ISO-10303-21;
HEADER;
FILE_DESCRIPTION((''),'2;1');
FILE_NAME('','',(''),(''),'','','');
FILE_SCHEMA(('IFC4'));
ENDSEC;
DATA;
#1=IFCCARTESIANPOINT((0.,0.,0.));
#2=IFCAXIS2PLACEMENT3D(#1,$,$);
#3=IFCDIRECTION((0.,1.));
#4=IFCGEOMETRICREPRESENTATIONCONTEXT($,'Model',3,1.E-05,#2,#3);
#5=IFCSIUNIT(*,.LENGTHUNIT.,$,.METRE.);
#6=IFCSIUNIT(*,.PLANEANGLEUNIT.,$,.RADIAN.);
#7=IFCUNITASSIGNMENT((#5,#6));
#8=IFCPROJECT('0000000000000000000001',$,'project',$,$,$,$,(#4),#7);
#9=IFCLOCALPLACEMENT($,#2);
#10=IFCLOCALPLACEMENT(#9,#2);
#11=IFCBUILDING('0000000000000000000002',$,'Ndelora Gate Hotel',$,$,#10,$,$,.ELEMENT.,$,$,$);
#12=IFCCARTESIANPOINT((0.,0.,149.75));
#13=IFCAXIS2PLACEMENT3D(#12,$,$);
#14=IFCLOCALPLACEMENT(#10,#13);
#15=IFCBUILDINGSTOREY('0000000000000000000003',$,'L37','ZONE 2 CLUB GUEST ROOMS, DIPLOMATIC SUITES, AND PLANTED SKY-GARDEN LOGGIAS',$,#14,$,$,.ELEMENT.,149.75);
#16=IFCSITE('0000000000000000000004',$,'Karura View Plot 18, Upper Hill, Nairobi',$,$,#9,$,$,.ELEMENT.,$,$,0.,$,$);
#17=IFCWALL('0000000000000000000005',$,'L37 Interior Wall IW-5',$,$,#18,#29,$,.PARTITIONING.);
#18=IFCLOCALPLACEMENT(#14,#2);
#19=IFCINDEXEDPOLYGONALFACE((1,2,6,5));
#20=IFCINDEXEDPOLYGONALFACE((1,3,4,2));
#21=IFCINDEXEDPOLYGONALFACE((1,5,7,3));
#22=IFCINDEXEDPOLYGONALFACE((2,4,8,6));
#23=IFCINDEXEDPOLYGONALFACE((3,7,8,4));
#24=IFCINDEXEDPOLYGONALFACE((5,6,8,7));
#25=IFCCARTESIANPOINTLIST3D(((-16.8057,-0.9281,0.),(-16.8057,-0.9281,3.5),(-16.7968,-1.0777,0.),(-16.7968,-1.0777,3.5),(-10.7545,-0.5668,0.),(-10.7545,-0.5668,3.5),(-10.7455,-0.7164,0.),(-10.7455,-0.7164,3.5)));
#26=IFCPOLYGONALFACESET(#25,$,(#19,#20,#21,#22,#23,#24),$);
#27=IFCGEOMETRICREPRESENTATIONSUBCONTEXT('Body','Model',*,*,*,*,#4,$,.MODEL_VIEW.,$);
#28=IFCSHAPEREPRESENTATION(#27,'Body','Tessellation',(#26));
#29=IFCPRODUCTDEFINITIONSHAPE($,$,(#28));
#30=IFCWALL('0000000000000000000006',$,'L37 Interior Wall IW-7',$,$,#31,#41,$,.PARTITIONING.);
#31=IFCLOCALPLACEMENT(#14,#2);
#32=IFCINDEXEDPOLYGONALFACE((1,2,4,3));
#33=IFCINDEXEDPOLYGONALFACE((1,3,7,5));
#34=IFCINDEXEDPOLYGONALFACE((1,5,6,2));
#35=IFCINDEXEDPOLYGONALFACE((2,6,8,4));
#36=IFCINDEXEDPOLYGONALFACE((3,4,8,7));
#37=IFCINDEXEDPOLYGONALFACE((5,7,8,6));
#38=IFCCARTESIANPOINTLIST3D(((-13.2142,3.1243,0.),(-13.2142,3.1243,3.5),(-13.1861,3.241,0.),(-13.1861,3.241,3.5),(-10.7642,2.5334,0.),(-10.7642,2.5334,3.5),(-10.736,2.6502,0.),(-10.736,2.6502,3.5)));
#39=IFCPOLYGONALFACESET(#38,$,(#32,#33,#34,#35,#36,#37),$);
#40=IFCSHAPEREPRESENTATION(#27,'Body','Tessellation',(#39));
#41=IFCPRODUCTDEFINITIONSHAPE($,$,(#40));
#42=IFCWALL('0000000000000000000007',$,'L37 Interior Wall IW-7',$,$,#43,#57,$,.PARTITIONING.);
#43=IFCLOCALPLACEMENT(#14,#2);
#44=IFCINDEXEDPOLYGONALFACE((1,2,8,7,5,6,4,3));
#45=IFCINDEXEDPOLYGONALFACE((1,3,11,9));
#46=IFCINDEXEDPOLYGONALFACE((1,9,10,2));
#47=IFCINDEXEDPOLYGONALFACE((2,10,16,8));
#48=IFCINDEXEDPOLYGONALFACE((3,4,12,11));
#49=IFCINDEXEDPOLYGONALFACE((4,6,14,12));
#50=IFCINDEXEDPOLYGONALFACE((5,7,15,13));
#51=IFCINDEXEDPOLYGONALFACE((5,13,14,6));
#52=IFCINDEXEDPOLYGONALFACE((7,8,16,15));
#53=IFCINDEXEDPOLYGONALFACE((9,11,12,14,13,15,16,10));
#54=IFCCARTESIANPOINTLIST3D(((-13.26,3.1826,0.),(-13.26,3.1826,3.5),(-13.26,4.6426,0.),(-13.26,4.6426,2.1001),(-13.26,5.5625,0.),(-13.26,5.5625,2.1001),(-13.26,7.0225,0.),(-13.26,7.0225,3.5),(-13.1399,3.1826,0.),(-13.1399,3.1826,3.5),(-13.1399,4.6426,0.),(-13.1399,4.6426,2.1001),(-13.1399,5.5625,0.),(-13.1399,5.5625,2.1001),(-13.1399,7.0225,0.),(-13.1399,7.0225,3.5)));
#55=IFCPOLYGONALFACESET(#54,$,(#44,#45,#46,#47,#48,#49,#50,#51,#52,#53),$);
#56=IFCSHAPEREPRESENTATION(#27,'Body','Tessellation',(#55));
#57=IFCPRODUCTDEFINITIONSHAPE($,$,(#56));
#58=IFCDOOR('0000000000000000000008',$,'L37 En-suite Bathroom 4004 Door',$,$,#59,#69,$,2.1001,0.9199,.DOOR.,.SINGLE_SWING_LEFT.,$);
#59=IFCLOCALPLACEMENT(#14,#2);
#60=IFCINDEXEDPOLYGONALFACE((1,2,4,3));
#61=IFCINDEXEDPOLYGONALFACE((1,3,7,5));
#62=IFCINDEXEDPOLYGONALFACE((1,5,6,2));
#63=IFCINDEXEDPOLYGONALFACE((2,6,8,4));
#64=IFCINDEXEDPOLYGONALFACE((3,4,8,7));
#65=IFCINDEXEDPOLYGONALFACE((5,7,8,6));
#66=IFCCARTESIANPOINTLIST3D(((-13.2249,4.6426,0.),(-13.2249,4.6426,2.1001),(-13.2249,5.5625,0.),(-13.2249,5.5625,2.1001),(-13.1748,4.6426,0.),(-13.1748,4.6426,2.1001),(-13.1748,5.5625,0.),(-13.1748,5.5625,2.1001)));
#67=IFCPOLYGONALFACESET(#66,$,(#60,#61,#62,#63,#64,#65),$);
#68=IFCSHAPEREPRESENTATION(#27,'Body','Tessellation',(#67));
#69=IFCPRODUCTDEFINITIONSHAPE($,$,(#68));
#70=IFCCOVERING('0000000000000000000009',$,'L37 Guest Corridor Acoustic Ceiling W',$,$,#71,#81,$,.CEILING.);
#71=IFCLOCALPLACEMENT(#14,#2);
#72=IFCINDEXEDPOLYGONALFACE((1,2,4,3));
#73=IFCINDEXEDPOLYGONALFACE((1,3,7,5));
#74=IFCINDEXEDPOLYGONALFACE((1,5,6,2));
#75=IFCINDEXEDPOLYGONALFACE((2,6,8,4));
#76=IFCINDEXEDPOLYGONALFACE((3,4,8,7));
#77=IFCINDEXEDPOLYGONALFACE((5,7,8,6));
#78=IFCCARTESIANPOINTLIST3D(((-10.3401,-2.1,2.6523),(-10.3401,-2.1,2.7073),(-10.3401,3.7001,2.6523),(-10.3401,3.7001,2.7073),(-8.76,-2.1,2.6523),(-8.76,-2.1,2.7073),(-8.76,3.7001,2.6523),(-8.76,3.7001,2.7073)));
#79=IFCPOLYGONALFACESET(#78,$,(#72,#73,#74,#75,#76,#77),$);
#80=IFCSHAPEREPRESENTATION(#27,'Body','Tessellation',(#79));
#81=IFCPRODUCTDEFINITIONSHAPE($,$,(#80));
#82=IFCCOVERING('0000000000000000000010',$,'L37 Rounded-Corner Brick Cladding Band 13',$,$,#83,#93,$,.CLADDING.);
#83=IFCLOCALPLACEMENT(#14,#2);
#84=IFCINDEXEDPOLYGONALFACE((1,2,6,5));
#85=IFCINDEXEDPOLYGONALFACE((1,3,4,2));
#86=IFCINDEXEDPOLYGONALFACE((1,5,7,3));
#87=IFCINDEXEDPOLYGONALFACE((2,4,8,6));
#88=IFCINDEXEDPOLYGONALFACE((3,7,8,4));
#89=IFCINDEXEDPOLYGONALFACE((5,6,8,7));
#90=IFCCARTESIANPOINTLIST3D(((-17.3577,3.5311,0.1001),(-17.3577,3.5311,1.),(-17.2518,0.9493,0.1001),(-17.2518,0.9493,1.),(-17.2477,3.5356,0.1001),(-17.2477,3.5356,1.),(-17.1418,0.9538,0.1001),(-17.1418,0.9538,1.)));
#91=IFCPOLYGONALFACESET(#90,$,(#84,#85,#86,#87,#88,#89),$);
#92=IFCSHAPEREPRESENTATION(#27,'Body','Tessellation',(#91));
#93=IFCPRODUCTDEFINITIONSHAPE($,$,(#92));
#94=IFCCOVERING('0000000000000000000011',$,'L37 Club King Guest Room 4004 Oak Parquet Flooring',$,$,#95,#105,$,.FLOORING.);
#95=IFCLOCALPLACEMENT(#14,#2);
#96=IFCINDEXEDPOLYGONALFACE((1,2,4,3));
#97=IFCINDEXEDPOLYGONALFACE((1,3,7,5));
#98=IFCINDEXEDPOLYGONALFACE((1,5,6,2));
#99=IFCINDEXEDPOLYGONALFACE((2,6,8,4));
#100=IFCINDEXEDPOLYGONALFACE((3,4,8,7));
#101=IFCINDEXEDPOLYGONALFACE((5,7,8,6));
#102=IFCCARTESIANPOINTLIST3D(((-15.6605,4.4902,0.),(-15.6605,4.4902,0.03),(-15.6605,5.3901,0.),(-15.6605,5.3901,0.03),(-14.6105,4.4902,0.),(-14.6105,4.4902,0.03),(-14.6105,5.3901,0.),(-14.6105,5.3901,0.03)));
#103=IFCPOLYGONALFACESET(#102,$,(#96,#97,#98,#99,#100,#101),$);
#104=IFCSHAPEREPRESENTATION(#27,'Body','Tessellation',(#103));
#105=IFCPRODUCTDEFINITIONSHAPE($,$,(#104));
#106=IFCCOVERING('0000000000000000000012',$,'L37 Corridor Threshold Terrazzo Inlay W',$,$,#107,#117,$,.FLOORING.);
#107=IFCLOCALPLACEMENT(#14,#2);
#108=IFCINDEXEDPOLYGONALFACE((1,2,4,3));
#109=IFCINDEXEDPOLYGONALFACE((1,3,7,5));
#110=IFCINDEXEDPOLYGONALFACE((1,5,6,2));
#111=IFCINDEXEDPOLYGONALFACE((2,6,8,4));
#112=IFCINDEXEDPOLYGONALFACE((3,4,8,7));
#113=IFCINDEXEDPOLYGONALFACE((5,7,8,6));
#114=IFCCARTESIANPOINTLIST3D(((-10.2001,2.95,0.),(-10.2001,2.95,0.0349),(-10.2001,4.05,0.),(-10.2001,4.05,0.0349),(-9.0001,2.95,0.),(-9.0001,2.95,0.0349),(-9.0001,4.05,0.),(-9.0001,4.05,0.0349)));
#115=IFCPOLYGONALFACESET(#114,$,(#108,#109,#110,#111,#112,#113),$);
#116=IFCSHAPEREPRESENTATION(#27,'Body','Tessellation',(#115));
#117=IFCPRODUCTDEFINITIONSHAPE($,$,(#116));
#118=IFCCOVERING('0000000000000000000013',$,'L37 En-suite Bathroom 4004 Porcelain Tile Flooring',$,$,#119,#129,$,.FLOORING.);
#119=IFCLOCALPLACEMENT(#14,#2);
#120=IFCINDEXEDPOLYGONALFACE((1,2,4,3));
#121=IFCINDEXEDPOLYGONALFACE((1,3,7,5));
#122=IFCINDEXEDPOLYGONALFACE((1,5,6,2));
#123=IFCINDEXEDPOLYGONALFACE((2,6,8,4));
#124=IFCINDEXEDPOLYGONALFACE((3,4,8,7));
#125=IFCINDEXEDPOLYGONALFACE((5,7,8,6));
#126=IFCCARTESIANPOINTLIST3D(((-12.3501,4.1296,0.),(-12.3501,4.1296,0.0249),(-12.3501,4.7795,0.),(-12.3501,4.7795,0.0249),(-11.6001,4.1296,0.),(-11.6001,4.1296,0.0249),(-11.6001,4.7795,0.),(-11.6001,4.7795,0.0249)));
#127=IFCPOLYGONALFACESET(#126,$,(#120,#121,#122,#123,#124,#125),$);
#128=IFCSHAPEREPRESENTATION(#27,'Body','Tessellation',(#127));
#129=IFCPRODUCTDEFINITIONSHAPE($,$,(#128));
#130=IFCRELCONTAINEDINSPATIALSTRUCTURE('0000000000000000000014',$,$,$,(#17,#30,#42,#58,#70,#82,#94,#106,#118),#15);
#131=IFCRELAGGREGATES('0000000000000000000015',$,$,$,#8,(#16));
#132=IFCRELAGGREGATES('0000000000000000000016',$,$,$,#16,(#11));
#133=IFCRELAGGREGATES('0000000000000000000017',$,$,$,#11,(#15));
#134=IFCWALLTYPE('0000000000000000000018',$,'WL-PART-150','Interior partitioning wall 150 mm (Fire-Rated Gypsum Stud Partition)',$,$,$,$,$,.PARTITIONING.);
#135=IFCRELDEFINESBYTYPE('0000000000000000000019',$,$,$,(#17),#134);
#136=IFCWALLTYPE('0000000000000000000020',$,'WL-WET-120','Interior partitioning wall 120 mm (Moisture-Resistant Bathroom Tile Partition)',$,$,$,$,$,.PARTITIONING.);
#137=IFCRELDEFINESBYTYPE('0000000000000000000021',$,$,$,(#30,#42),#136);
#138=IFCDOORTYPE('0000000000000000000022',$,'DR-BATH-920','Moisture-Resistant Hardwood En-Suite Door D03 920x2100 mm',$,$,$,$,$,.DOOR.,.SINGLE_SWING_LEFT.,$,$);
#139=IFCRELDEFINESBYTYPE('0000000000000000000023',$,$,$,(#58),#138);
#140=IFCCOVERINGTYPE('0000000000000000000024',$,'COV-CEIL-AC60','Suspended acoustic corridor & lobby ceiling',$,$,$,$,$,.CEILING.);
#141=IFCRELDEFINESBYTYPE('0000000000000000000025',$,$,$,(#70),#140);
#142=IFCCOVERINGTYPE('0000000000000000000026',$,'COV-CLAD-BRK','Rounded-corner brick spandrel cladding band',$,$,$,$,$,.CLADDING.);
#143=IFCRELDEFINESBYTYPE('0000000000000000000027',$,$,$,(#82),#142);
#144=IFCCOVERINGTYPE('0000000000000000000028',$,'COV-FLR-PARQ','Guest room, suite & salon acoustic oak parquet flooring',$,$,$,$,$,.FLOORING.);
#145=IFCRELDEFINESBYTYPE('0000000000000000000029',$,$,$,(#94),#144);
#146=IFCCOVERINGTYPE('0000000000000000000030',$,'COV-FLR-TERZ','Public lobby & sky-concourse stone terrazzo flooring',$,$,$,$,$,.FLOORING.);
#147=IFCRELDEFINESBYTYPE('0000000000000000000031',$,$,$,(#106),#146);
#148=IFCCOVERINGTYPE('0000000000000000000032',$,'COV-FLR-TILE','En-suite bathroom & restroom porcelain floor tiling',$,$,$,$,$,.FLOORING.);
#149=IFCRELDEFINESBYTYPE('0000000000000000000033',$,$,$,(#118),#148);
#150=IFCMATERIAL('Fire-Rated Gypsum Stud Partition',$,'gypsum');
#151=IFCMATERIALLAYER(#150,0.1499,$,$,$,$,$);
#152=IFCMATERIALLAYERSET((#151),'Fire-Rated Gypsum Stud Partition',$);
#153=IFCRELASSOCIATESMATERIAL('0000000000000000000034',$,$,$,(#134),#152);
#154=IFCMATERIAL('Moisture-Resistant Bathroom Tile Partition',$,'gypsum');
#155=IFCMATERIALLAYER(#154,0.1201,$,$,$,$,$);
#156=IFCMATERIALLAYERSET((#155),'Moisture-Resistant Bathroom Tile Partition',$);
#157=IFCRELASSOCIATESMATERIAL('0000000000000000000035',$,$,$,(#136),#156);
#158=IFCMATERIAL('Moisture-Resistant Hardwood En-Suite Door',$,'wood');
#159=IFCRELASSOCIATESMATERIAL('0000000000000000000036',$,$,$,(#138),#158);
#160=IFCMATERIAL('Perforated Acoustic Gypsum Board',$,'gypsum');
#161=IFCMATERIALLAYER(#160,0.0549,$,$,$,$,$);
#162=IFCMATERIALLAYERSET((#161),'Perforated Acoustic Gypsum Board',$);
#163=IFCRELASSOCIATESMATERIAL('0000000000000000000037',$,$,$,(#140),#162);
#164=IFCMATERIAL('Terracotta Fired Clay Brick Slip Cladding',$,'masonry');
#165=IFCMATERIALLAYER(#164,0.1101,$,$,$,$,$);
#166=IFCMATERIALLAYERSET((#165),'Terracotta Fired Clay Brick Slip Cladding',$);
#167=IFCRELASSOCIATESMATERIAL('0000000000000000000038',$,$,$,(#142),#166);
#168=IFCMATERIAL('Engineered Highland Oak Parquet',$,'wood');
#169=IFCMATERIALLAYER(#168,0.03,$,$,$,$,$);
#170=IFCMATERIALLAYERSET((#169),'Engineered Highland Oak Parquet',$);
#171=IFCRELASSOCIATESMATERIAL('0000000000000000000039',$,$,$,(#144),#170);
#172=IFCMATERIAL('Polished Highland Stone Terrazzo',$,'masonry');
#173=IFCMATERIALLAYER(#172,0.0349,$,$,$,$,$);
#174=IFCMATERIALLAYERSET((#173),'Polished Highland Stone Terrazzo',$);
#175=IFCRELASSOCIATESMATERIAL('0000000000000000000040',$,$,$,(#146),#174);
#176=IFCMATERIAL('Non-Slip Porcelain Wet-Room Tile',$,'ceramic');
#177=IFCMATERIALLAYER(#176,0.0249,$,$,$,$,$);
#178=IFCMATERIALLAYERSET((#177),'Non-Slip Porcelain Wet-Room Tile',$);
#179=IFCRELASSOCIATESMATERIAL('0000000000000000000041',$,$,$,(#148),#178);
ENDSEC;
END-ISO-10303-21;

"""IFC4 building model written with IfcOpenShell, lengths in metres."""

from ifc_helpers import new_model, si_unit, direction, frame, frame_2d, origin, origin_2d, place, context, subcontext, project, spatial, rectangle, extrude, material, layer, layer_set, type_object, element, fill, save


model = new_model("IFC4")

# Units and contexts
model_context = context("Model", 3, precision=1e-05, world=origin(), true_north=direction((0.0, 1.0)))
body_context = subcontext(model_context, "Body", "Model", "MODEL_VIEW")
ifc_project = project(units=[si_unit("LENGTHUNIT", "METRE"), si_unit("PLANEANGLEUNIT", "RADIAN")], contexts=[model_context])

# Site, building, storey
site_placement = place(None, origin())
site = spatial("IfcSite", under=ifc_project, at=site_placement, Name="Karura View Plot 18, Upper Hill, Nairobi", CompositionType="ELEMENT", RefElevation=0.0)
building_placement = place(site_placement, origin())
building = spatial("IfcBuilding", under=site, at=building_placement, Name="Ndelora Gate Hotel", CompositionType="ELEMENT")
storey_placement = place(building_placement, frame((0.0, 0.0, 149.75)))
storey = spatial("IfcBuildingStorey", under=building, at=storey_placement, Name="L37", Description="ZONE 2 CLUB GUEST ROOMS, DIPLOMATIC SUITES, AND PLANTED SKY-GARDEN LOGGIAS", CompositionType="ELEMENT", Elevation=149.75)

# Walls
ifc_material_1 = material(Name="Fire-Rated Gypsum Stud Partition", Category="gypsum")
ifc_layer_1 = layer(ifc_material_1, 0.1499)
ifc_layer_set_1 = layer_set([ifc_layer_1], Name="Fire-Rated Gypsum Stud Partition")
wall_type_1 = type_object("IfcWallType", Name="WL-PART-150", Description="Interior partitioning wall 150 mm (Fire-Rated Gypsum Stud Partition)", PredefinedType="PARTITIONING", material=ifc_layer_set_1)
wall_1_placement = place(storey_placement, frame((-10.75, -0.6416, 0.0), z_axis=(0.0, 0.0, 1.0), x_axis=(-0.998222, -0.059605, 0.0)))
element("IfcWall", 1, at=wall_1_placement, inside=storey, type_object=wall_type_1, Name="L37 Interior Wall IW-5", PredefinedType="PARTITIONING", context=body_context, shape_type="SweptSolid", body=[
    extrude(rectangle(XDim=6.062, YDim=0.1499, at=frame_2d((3.031, 0.0))), origin(), (0.0, 0.0, 1.0), 3.5),
])
ifc_material_2 = material(Name="Moisture-Resistant Bathroom Tile Partition", Category="gypsum")
ifc_layer_2 = layer(ifc_material_2, 0.1201)
ifc_layer_set_2 = layer_set([ifc_layer_2], Name="Moisture-Resistant Bathroom Tile Partition")
wall_type_2 = type_object("IfcWallType", Name="WL-WET-120", Description="Interior partitioning wall 120 mm (Moisture-Resistant Bathroom Tile Partition)", PredefinedType="PARTITIONING", material=ifc_layer_set_2)
wall_2_placement = place(storey_placement, frame((-10.75, 2.5918, 0.0), z_axis=(0.0, 0.0, 1.0), x_axis=(-0.972132, 0.234435, 0.0)))
element("IfcWall", 2, at=wall_2_placement, inside=storey, type_object=wall_type_2, Name="L37 Interior Wall IW-7", PredefinedType="PARTITIONING", context=body_context, shape_type="SweptSolid", body=[
    extrude(rectangle(XDim=2.5203, YDim=0.1201, at=frame_2d((1.2603, 0.0))), origin(), (0.0, 0.0, 1.0), 3.5),
])

# Wall, opening, door
wall_3_placement = place(storey_placement, frame((-13.2, 3.1826, 0.0), z_axis=(0.0, 0.0, 1.0), x_axis=(0.0, 1.0, 0.0)))
wall_3 = element("IfcWall", 3, at=wall_3_placement, inside=storey, type_object=wall_type_2, Name="L37 Interior Wall IW-7", PredefinedType="PARTITIONING", context=body_context, shape_type="SweptSolid", body=[
    extrude(rectangle(XDim=3.8398, YDim=0.1201, at=frame_2d((1.9199, 0.0))), origin(), (0.0, 0.0, 1.0), 3.5),
])
opening_1_placement = place(wall_3_placement, frame((1.46, 0.0, 0.0)))
opening_1 = element("IfcOpeningElement", 4, at=opening_1_placement, cuts=wall_3, PredefinedType="OPENING", context=body_context, shape_type="SweptSolid", body=[
    extrude(rectangle(XDim=0.9199, YDim=2.1001, at=frame_2d((0.46, 1.05))), frame((0.0, 0.0701, 0.0), z_axis=(0.0, -1.0, 0.0), x_axis=(1.0, 0.0, 0.0)), (0.0, 0.0, 1.0), 0.1401),
])
ifc_material_3 = material(Name="Moisture-Resistant Hardwood En-Suite Door", Category="wood")
door_type_1 = type_object("IfcDoorType", Name="DR-BATH-920", Description="Moisture-Resistant Hardwood En-Suite Door D03 920x2100 mm", OperationType="SINGLE_SWING_LEFT", PredefinedType="DOOR", material=ifc_material_3)
door_1_placement = place(opening_1_placement, origin())
door_1 = element("IfcDoor", 5, at=door_1_placement, inside=storey, type_object=door_type_1, Name="L37 En-suite Bathroom 4004 Door", OperationType="SINGLE_SWING_LEFT", OverallHeight=2.1001, OverallWidth=0.9199, PredefinedType="DOOR", context=body_context, shape_type="SweptSolid", body=[
    extrude(rectangle(XDim=0.9199, YDim=2.1001, at=frame_2d((0.46, 1.05))), frame((0.0, 0.0249, 0.0), z_axis=(0.0, -1.0, 0.0), x_axis=(1.0, 0.0, 0.0)), (0.0, 0.0, 1.0), 0.05),
])
fill(opening_1, door_1)

# Coverings
ifc_material_4 = material(Name="Perforated Acoustic Gypsum Board", Category="gypsum")
ifc_layer_3 = layer(ifc_material_4, 0.0549)
ifc_layer_set_3 = layer_set([ifc_layer_3], Name="Perforated Acoustic Gypsum Board")
covering_type_1 = type_object("IfcCoveringType", Name="COV-CEIL-AC60", Description="Suspended acoustic corridor & lobby ceiling", PredefinedType="CEILING", material=ifc_layer_set_3)
covering_1_placement = place(storey_placement, frame((-9.55, 0.8, 2.6523), z_axis=(0.0, 0.0, 1.0), x_axis=(1.0, 0.0, 0.0)))
element("IfcCovering", 6, at=covering_1_placement, inside=storey, type_object=covering_type_1, Name="L37 Guest Corridor Acoustic Ceiling W", PredefinedType="CEILING", context=body_context, shape_type="SweptSolid", body=[
    extrude(rectangle(XDim=1.5801, YDim=5.8, at=origin_2d()), origin(), (0.0, 0.0, 1.0), 0.0549),
])
ifc_material_5 = material(Name="Terracotta Fired Clay Brick Slip Cladding", Category="masonry")
ifc_layer_4 = layer(ifc_material_5, 0.1101)
ifc_layer_set_4 = layer_set([ifc_layer_4], Name="Terracotta Fired Clay Brick Slip Cladding")
covering_type_2 = type_object("IfcCoveringType", Name="COV-CLAD-BRK", Description="Rounded-corner brick spandrel cladding band", PredefinedType="CLADDING", material=ifc_layer_set_4)
covering_2_placement = place(storey_placement, frame((-17.2498, 2.2424, 0.1001), z_axis=(0.0, 0.0, 1.0), x_axis=(-0.041004, 0.999159, 0.0)))
element("IfcCovering", 7, at=covering_2_placement, inside=storey, type_object=covering_type_2, Name="L37 Rounded-Corner Brick Cladding Band 13", PredefinedType="CLADDING", context=body_context, shape_type="SweptSolid", body=[
    extrude(rectangle(XDim=2.584, YDim=0.1101, at=origin_2d()), origin(), (0.0, 0.0, 1.0), 0.8999),
])
ifc_material_6 = material(Name="Engineered Highland Oak Parquet", Category="wood")
ifc_layer_5 = layer(ifc_material_6, 0.03)
ifc_layer_set_5 = layer_set([ifc_layer_5], Name="Engineered Highland Oak Parquet")
covering_type_3 = type_object("IfcCoveringType", Name="COV-FLR-PARQ", Description="Guest room, suite & salon acoustic oak parquet flooring", PredefinedType="FLOORING", material=ifc_layer_set_5)
covering_3_placement = place(storey_placement, frame((-15.1355, 4.9402, 0.0), z_axis=(0.0, 0.0, 1.0), x_axis=(1.0, 0.0, 0.0)))
element("IfcCovering", 8, at=covering_3_placement, inside=storey, type_object=covering_type_3, Name="L37 Club King Guest Room 4004 Oak Parquet Flooring", PredefinedType="FLOORING", context=body_context, shape_type="SweptSolid", body=[
    extrude(rectangle(XDim=1.05, YDim=0.8999, at=origin_2d()), origin(), (0.0, 0.0, 1.0), 0.03),
])
ifc_material_7 = material(Name="Polished Highland Stone Terrazzo", Category="masonry")
ifc_layer_6 = layer(ifc_material_7, 0.0349)
ifc_layer_set_6 = layer_set([ifc_layer_6], Name="Polished Highland Stone Terrazzo")
covering_type_4 = type_object("IfcCoveringType", Name="COV-FLR-TERZ", Description="Public lobby & sky-concourse stone terrazzo flooring", PredefinedType="FLOORING", material=ifc_layer_set_6)
covering_4_placement = place(storey_placement, frame((-9.6001, 3.5, 0.0), z_axis=(0.0, 0.0, 1.0), x_axis=(1.0, 0.0, 0.0)))
element("IfcCovering", 9, at=covering_4_placement, inside=storey, type_object=covering_type_4, Name="L37 Corridor Threshold Terrazzo Inlay W", PredefinedType="FLOORING", context=body_context, shape_type="SweptSolid", body=[
    extrude(rectangle(XDim=1.2, YDim=1.1001, at=origin_2d()), origin(), (0.0, 0.0, 1.0), 0.0349),
])
ifc_material_8 = material(Name="Non-Slip Porcelain Wet-Room Tile", Category="ceramic")
ifc_layer_7 = layer(ifc_material_8, 0.0249)
ifc_layer_set_7 = layer_set([ifc_layer_7], Name="Non-Slip Porcelain Wet-Room Tile")
covering_type_5 = type_object("IfcCoveringType", Name="COV-FLR-TILE", Description="En-suite bathroom & restroom porcelain floor tiling", PredefinedType="FLOORING", material=ifc_layer_set_7)
covering_5_placement = place(storey_placement, frame((-11.9751, 4.4546, 0.0), z_axis=(0.0, 0.0, 1.0), x_axis=(1.0, 0.0, 0.0)))
element("IfcCovering", 10, at=covering_5_placement, inside=storey, type_object=covering_type_5, Name="L37 En-suite Bathroom 4004 Porcelain Tile Flooring", PredefinedType="FLOORING", context=body_context, shape_type="SweptSolid", body=[
    extrude(rectangle(XDim=0.75, YDim=0.6499, at=origin_2d()), origin(), (0.0, 0.0, 1.0), 0.0249),
])

save(model, "model.ifc")
